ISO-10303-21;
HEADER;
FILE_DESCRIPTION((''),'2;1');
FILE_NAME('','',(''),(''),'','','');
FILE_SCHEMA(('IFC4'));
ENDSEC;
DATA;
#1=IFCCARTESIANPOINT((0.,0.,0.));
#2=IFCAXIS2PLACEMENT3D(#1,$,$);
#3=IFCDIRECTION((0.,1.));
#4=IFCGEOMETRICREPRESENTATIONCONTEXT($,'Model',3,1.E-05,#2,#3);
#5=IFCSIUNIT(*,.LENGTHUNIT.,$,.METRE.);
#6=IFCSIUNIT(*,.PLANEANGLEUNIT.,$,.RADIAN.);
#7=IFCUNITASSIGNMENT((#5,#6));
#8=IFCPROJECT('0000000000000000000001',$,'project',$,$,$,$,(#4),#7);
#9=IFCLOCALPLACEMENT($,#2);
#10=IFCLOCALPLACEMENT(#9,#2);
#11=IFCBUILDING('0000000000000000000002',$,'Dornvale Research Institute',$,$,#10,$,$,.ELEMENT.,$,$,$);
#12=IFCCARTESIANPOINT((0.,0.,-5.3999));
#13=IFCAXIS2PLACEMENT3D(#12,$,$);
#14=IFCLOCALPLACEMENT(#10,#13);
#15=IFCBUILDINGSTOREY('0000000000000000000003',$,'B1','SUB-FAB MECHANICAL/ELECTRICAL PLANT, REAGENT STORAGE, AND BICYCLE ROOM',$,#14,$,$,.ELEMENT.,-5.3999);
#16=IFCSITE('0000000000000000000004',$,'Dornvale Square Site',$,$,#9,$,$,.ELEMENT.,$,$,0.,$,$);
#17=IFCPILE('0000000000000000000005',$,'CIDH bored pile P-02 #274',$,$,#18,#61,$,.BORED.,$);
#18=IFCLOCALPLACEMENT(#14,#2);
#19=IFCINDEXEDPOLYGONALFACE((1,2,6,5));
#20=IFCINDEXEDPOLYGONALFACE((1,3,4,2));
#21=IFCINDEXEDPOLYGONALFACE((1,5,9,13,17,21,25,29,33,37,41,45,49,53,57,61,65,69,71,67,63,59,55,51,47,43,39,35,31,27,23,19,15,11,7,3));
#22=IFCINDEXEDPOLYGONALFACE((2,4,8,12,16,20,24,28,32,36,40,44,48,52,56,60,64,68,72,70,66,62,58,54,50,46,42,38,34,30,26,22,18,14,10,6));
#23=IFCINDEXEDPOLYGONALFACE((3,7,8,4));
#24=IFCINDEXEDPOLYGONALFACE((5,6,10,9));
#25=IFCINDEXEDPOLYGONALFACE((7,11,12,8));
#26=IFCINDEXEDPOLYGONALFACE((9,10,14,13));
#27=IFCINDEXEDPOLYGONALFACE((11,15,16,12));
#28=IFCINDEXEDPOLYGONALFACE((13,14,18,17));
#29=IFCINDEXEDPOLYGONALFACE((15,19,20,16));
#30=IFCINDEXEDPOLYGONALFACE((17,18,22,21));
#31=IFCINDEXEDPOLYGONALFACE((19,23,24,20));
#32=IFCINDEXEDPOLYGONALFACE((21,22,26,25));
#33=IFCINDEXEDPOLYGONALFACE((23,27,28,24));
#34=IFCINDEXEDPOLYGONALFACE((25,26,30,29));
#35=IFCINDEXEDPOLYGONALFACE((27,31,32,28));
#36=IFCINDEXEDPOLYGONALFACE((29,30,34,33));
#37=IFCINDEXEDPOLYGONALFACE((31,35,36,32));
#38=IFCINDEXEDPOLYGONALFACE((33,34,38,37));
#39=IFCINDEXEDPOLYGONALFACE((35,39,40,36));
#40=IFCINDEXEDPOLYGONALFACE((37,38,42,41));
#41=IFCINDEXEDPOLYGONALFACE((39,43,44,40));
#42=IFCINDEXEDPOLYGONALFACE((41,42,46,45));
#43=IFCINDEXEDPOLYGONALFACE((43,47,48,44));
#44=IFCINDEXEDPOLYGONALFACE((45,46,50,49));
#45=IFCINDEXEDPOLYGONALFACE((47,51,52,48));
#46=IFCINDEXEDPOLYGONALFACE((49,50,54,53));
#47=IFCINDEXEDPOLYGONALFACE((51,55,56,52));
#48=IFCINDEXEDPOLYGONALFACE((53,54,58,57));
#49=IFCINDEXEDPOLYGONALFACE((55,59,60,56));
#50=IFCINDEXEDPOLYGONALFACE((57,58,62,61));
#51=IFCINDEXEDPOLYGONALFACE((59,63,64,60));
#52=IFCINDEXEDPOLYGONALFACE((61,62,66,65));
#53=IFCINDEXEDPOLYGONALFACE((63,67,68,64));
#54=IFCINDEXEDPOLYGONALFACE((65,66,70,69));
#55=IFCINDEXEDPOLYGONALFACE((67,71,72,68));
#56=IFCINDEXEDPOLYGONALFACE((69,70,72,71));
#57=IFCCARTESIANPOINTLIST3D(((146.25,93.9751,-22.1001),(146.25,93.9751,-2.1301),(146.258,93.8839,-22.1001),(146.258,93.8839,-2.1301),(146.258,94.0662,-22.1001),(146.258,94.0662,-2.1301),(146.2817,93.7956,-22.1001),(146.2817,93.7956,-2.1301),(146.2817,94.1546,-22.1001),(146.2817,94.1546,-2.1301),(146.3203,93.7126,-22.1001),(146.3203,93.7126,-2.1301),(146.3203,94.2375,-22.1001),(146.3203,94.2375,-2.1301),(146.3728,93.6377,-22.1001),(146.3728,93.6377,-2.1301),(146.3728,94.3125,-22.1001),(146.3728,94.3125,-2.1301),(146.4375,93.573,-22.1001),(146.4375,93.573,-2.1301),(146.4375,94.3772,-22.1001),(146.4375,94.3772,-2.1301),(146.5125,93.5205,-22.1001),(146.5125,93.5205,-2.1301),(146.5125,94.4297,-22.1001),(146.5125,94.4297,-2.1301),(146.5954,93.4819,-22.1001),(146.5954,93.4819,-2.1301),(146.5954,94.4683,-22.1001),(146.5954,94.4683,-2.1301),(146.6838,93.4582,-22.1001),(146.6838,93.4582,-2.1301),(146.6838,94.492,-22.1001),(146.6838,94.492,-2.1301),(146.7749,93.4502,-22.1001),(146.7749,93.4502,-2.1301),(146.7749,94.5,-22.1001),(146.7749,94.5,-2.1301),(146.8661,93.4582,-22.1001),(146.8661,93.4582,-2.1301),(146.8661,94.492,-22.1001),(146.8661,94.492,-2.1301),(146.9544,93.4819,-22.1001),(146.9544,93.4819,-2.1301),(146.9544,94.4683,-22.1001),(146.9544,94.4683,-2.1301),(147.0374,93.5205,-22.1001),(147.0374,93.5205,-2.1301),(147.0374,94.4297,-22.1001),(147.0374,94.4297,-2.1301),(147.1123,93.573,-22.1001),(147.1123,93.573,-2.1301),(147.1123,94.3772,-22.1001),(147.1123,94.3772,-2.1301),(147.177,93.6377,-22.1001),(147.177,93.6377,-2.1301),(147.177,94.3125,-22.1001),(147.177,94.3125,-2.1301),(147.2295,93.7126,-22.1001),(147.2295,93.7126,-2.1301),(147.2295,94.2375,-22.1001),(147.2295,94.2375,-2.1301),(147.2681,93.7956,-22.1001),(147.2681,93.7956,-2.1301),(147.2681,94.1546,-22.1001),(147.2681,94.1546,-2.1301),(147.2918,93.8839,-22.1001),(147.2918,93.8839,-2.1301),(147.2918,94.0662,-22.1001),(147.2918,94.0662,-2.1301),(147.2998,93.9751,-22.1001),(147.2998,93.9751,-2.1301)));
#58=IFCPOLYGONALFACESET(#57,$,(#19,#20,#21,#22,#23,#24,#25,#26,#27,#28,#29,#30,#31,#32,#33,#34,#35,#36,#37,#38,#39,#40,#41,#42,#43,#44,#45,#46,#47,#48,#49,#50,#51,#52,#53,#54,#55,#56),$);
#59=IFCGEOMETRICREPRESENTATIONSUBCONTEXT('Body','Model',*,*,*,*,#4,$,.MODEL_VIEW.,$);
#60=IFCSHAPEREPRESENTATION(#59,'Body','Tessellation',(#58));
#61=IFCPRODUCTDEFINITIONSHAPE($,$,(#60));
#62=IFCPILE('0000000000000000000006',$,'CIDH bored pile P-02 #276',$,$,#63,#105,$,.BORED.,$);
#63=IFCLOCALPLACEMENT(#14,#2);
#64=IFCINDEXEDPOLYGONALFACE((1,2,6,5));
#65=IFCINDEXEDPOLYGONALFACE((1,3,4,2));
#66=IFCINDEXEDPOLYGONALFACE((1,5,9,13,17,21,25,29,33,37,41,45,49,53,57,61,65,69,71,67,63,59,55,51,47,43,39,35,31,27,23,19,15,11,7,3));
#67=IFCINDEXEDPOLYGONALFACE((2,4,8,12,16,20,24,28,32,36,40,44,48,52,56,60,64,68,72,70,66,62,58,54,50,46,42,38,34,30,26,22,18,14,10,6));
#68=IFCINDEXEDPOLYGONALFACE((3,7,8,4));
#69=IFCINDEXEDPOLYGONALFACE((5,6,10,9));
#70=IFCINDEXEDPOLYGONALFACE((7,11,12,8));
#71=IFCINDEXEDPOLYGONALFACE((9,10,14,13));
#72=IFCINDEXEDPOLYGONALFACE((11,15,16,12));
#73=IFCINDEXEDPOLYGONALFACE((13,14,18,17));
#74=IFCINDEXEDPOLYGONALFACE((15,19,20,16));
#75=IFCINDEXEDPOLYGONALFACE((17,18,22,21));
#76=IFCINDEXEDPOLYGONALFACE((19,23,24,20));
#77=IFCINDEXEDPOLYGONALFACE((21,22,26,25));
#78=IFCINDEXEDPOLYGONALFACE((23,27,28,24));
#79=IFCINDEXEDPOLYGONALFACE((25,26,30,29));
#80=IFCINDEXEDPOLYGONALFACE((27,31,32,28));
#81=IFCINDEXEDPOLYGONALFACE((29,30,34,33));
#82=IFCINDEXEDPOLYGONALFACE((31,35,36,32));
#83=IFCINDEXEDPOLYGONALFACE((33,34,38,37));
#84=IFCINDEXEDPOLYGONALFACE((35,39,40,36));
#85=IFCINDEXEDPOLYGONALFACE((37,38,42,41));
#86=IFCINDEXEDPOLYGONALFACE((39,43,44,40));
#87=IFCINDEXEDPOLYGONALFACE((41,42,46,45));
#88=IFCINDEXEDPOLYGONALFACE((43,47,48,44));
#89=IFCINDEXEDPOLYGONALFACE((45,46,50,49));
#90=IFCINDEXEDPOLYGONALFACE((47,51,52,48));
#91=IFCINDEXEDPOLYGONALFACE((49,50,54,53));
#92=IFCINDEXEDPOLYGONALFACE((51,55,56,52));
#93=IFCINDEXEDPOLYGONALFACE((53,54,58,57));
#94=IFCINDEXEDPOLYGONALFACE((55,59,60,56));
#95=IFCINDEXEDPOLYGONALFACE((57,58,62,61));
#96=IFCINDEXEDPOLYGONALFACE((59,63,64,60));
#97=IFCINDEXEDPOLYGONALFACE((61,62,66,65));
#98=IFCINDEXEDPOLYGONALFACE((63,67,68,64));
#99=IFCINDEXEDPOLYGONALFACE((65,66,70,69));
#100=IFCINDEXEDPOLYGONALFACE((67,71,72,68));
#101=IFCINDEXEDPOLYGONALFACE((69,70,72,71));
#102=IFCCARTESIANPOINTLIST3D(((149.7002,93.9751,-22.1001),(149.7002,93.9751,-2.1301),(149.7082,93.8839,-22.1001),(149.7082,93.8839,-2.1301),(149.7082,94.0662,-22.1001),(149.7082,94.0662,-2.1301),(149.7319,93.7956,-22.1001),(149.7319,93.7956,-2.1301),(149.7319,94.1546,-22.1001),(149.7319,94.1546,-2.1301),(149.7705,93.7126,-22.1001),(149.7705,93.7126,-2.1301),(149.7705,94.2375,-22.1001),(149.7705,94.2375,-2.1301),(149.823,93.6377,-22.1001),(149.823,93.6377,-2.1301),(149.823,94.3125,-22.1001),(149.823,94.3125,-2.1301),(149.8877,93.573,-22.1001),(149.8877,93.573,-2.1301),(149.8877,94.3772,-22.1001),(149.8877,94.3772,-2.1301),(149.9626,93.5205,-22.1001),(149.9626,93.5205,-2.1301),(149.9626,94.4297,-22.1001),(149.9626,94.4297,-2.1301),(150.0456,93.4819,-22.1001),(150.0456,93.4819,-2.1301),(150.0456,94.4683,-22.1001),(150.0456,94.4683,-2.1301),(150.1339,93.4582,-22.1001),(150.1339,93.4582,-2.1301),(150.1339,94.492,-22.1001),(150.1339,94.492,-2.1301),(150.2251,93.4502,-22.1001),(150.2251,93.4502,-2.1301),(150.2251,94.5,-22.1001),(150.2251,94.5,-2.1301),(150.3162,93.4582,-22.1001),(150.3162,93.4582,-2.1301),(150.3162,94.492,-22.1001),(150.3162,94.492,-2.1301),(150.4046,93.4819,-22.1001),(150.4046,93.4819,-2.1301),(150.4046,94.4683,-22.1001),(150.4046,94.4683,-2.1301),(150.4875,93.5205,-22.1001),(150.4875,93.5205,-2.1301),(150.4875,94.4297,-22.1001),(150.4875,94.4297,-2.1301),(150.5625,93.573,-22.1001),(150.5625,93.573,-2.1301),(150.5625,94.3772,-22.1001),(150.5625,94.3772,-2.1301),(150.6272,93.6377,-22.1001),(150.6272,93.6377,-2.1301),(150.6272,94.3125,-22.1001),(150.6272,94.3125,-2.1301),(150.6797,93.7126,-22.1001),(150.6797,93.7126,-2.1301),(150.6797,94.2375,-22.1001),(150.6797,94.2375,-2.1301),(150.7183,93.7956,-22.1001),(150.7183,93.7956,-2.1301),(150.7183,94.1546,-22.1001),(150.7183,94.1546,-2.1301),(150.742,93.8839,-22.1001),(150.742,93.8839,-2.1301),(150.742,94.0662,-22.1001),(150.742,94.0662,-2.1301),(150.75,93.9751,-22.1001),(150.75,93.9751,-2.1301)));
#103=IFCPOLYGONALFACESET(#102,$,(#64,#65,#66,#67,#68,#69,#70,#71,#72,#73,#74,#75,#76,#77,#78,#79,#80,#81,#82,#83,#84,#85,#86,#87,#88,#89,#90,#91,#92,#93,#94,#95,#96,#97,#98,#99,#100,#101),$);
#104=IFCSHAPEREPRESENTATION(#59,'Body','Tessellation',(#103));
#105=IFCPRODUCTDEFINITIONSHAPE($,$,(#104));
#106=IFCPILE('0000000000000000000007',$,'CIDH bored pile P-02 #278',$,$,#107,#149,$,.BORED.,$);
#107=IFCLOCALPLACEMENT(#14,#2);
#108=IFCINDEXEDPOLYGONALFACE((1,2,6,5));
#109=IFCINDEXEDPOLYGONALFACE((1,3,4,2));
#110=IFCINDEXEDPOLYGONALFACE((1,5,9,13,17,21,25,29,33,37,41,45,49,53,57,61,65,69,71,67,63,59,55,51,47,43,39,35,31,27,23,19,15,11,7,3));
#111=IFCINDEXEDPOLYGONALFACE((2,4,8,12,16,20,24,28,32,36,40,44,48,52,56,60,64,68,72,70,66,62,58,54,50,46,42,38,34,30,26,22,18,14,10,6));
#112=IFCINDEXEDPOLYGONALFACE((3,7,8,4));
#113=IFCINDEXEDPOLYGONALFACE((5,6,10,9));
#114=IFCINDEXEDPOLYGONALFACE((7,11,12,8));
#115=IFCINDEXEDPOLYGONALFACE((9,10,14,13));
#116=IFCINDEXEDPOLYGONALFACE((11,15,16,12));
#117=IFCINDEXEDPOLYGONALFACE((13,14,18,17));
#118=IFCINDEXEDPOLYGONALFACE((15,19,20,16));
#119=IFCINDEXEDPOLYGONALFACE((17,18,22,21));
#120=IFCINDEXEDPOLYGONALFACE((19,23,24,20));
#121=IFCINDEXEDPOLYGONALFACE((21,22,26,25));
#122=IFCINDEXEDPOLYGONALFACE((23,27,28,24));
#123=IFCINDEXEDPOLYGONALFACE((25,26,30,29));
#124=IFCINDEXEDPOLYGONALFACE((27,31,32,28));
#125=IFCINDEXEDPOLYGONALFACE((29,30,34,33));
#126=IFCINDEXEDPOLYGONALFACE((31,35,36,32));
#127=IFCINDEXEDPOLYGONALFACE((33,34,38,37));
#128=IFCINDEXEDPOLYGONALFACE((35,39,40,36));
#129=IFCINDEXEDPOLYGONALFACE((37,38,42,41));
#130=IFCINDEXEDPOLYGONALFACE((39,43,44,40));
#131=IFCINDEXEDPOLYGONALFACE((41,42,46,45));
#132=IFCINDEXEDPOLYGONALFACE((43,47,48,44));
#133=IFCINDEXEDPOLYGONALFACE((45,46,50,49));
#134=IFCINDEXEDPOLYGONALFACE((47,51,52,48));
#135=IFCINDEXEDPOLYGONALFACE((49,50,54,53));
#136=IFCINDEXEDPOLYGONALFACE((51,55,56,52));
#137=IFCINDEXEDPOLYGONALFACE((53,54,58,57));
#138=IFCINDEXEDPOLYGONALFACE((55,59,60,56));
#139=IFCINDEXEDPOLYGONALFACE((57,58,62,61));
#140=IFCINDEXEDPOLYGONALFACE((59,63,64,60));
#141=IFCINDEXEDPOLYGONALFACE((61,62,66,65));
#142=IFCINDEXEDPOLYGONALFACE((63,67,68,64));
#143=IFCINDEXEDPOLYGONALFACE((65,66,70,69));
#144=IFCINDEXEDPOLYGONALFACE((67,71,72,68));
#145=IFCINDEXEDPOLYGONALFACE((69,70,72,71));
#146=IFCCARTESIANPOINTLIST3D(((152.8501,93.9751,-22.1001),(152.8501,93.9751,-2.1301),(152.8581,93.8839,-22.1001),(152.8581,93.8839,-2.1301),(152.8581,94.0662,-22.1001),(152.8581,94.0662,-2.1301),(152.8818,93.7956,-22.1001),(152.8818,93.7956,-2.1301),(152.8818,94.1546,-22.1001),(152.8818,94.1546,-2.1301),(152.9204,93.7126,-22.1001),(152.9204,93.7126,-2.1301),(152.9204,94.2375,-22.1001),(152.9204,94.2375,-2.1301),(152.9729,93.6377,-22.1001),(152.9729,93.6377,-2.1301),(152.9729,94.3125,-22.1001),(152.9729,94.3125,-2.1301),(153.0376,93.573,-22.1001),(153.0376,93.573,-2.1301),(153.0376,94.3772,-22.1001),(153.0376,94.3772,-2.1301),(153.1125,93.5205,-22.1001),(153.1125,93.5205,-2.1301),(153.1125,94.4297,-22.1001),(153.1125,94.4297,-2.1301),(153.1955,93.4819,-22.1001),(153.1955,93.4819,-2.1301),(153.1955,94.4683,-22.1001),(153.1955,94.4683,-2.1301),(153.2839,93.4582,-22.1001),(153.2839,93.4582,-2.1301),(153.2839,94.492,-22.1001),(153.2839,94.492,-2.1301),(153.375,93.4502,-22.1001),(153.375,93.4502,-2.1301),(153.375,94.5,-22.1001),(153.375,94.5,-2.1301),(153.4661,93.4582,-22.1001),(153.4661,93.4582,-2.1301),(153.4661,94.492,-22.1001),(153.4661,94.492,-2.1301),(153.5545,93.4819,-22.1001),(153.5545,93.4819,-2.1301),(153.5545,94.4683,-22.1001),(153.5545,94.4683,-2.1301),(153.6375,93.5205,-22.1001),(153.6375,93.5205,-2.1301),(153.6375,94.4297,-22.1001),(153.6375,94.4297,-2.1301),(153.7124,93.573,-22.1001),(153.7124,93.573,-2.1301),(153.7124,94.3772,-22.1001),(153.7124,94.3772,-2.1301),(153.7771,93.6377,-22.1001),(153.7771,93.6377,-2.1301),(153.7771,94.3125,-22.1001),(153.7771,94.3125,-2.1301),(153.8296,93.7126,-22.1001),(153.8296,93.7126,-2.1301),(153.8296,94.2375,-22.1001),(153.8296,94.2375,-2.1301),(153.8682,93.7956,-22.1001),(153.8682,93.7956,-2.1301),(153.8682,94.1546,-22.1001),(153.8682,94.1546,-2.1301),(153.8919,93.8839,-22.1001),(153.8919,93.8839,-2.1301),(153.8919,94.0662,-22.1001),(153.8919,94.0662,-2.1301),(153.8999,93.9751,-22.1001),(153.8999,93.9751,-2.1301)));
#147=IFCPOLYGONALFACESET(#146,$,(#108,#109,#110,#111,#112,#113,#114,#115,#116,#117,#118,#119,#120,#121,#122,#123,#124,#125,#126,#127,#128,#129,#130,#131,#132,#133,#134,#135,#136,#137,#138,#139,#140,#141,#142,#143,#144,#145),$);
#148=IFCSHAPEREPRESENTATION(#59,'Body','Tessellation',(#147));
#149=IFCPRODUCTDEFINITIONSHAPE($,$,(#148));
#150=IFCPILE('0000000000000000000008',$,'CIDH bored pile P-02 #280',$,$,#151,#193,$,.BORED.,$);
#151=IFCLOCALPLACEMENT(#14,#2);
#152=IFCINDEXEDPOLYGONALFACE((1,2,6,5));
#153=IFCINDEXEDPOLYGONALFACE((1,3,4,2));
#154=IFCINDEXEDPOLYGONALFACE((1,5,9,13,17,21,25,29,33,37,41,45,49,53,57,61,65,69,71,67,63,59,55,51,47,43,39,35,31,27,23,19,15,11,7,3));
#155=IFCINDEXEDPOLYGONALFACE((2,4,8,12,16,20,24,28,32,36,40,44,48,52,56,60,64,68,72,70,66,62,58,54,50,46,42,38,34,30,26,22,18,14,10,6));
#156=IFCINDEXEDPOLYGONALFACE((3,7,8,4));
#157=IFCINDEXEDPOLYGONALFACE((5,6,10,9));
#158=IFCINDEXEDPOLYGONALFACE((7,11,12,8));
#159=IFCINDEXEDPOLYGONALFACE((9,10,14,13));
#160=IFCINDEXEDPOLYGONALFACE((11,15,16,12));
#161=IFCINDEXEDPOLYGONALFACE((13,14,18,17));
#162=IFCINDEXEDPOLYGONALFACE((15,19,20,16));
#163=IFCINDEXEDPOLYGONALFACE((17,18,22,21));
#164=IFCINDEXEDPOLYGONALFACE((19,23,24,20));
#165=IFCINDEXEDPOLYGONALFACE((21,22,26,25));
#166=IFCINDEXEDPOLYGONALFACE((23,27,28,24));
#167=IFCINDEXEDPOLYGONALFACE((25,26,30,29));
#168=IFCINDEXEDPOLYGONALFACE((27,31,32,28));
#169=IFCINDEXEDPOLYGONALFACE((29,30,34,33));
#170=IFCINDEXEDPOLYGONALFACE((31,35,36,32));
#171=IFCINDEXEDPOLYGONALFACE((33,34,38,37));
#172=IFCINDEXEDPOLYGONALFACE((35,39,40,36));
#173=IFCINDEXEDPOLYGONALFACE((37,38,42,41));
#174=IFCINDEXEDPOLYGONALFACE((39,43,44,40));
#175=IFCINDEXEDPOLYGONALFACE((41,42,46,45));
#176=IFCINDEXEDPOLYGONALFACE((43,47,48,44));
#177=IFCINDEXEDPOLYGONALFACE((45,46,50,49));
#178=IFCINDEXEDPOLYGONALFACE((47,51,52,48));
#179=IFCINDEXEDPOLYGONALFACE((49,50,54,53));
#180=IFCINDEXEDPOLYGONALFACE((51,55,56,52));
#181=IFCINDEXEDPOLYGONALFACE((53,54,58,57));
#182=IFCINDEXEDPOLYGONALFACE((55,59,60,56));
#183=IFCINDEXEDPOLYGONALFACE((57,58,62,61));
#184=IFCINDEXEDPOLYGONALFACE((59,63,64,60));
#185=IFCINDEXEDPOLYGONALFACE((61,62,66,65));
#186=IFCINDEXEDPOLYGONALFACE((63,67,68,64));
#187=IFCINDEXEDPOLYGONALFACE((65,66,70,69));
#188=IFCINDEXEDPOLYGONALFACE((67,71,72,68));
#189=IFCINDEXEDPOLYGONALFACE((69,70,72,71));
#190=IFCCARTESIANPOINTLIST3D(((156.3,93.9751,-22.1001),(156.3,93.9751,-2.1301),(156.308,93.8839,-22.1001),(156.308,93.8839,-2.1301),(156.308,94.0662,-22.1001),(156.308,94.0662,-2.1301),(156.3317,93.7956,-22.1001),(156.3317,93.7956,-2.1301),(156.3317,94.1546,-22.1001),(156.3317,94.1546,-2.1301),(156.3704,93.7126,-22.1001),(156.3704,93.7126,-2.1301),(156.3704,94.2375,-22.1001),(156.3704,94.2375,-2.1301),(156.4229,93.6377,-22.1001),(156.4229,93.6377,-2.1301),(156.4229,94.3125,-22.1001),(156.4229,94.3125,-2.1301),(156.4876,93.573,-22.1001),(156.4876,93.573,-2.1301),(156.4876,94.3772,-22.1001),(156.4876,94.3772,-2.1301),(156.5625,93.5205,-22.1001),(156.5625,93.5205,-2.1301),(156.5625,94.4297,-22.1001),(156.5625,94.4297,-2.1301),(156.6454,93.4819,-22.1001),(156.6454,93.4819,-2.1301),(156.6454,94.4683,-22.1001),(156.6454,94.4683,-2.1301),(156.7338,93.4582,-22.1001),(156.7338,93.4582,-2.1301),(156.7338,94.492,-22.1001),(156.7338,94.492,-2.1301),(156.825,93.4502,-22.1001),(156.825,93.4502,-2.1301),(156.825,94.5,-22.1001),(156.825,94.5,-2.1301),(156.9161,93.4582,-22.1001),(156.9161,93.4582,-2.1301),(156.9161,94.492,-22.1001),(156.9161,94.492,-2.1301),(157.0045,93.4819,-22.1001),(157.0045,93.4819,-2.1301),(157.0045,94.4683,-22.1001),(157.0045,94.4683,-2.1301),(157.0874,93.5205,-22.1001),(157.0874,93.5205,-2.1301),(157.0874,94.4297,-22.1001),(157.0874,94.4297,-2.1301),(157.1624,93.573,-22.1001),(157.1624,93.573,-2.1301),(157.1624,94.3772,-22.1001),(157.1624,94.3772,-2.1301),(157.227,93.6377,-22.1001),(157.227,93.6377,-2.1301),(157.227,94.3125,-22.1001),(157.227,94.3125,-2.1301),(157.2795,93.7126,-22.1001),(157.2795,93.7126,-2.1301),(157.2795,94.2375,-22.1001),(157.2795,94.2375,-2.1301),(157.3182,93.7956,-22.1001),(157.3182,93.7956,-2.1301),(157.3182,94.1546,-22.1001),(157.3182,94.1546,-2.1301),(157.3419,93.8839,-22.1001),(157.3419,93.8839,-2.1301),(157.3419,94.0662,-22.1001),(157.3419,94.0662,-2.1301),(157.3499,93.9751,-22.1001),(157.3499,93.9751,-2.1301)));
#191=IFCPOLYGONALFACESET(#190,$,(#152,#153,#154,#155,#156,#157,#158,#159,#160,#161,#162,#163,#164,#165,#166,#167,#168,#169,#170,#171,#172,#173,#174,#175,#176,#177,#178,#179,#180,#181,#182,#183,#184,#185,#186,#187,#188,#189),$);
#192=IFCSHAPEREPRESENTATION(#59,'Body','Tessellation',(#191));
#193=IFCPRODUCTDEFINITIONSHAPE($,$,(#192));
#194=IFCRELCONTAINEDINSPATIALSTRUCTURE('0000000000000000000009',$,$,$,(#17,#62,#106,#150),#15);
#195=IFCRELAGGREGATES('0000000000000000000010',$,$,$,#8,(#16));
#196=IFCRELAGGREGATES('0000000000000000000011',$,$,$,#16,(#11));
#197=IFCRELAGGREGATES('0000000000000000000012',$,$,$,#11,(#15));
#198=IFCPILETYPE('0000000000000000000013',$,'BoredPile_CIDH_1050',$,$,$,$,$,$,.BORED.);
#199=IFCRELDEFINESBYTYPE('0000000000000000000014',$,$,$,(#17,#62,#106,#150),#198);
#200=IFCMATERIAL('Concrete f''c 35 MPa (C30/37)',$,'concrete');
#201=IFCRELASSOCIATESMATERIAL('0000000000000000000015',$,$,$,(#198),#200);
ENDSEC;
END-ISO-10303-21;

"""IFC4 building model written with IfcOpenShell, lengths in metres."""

from ifc_helpers import new_model, si_unit, direction, frame, origin, origin_2d, place, context, subcontext, project, spatial, circle, extrude, material, material_profile, profile_set, type_object, element, save


model = new_model("IFC4")

# Units and contexts
model_context = context("Model", 3, precision=1e-05, world=origin(), true_north=direction((0.0, 1.0)))
body_context = subcontext(model_context, "Body", "Model", "MODEL_VIEW")
ifc_project = project(units=[si_unit("LENGTHUNIT", "METRE"), si_unit("PLANEANGLEUNIT", "RADIAN")], contexts=[model_context])

# Site, building, storey
site_placement = place(None, origin())
site = spatial("IfcSite", under=ifc_project, at=site_placement, Name="Dornvale Square Site", CompositionType="ELEMENT", RefElevation=0.0)
building_placement = place(site_placement, origin())
building = spatial("IfcBuilding", under=site, at=building_placement, Name="Dornvale Research Institute", CompositionType="ELEMENT")
storey_placement = place(building_placement, frame((0.0, 0.0, -5.3999)))
storey = spatial("IfcBuildingStorey", under=building, at=storey_placement, Name="B1", Description="SUB-FAB MECHANICAL/ELECTRICAL PLANT, REAGENT STORAGE, AND BICYCLE ROOM", CompositionType="ELEMENT", Elevation=-5.3999)

# Piles
ifc_material_1 = material(Name="Concrete f'c 35 MPa (C30/37)", Category="concrete")
ifc_material_profile_1 = material_profile(ifc_material_1, circle(Radius=0.5249, at=origin_2d()), Name="CIDH PILE D1050")
ifc_profile_set_1 = profile_set([ifc_material_profile_1], Name="Concrete f'c 35 MPa (C30/37)")
pile_type = type_object("IfcPileType", Name="BoredPile_CIDH_1050", PredefinedType="BORED", material=ifc_profile_set_1)
for number, where, z_axis, x_axis, name in (
    (1, (146.7749, 93.9751, -2.1301), (0.0, 0.0, -1.0), (1.0, 0.0, 0.0), "CIDH bored pile P-02 #274"),
    (2, (150.2251, 93.9751, -2.1301), (0.0, 0.0, -1.0), (1.0, 0.0, 0.0), "CIDH bored pile P-02 #276"),
    (3, (153.375, 93.9751, -2.1301), (0.0, 0.0, -1.0), (1.0, 0.0, 0.0), "CIDH bored pile P-02 #278"),
    (4, (156.825, 93.9751, -2.1301), (0.0, 0.0, -1.0), (1.0, 0.0, 0.0), "CIDH bored pile P-02 #280"),
):
    element("IfcPile", number, at=place(storey_placement, frame(where, z_axis=z_axis, x_axis=x_axis)), inside=storey, type_object=pile_type, Name=name, PredefinedType="BORED", context=body_context, shape_type="SweptSolid", body=[
        extrude(circle(Radius=0.5249, at=origin_2d()), origin(), (0.0, 0.0, 1.0), 19.97),
    ])

save(model, "model.ifc")
